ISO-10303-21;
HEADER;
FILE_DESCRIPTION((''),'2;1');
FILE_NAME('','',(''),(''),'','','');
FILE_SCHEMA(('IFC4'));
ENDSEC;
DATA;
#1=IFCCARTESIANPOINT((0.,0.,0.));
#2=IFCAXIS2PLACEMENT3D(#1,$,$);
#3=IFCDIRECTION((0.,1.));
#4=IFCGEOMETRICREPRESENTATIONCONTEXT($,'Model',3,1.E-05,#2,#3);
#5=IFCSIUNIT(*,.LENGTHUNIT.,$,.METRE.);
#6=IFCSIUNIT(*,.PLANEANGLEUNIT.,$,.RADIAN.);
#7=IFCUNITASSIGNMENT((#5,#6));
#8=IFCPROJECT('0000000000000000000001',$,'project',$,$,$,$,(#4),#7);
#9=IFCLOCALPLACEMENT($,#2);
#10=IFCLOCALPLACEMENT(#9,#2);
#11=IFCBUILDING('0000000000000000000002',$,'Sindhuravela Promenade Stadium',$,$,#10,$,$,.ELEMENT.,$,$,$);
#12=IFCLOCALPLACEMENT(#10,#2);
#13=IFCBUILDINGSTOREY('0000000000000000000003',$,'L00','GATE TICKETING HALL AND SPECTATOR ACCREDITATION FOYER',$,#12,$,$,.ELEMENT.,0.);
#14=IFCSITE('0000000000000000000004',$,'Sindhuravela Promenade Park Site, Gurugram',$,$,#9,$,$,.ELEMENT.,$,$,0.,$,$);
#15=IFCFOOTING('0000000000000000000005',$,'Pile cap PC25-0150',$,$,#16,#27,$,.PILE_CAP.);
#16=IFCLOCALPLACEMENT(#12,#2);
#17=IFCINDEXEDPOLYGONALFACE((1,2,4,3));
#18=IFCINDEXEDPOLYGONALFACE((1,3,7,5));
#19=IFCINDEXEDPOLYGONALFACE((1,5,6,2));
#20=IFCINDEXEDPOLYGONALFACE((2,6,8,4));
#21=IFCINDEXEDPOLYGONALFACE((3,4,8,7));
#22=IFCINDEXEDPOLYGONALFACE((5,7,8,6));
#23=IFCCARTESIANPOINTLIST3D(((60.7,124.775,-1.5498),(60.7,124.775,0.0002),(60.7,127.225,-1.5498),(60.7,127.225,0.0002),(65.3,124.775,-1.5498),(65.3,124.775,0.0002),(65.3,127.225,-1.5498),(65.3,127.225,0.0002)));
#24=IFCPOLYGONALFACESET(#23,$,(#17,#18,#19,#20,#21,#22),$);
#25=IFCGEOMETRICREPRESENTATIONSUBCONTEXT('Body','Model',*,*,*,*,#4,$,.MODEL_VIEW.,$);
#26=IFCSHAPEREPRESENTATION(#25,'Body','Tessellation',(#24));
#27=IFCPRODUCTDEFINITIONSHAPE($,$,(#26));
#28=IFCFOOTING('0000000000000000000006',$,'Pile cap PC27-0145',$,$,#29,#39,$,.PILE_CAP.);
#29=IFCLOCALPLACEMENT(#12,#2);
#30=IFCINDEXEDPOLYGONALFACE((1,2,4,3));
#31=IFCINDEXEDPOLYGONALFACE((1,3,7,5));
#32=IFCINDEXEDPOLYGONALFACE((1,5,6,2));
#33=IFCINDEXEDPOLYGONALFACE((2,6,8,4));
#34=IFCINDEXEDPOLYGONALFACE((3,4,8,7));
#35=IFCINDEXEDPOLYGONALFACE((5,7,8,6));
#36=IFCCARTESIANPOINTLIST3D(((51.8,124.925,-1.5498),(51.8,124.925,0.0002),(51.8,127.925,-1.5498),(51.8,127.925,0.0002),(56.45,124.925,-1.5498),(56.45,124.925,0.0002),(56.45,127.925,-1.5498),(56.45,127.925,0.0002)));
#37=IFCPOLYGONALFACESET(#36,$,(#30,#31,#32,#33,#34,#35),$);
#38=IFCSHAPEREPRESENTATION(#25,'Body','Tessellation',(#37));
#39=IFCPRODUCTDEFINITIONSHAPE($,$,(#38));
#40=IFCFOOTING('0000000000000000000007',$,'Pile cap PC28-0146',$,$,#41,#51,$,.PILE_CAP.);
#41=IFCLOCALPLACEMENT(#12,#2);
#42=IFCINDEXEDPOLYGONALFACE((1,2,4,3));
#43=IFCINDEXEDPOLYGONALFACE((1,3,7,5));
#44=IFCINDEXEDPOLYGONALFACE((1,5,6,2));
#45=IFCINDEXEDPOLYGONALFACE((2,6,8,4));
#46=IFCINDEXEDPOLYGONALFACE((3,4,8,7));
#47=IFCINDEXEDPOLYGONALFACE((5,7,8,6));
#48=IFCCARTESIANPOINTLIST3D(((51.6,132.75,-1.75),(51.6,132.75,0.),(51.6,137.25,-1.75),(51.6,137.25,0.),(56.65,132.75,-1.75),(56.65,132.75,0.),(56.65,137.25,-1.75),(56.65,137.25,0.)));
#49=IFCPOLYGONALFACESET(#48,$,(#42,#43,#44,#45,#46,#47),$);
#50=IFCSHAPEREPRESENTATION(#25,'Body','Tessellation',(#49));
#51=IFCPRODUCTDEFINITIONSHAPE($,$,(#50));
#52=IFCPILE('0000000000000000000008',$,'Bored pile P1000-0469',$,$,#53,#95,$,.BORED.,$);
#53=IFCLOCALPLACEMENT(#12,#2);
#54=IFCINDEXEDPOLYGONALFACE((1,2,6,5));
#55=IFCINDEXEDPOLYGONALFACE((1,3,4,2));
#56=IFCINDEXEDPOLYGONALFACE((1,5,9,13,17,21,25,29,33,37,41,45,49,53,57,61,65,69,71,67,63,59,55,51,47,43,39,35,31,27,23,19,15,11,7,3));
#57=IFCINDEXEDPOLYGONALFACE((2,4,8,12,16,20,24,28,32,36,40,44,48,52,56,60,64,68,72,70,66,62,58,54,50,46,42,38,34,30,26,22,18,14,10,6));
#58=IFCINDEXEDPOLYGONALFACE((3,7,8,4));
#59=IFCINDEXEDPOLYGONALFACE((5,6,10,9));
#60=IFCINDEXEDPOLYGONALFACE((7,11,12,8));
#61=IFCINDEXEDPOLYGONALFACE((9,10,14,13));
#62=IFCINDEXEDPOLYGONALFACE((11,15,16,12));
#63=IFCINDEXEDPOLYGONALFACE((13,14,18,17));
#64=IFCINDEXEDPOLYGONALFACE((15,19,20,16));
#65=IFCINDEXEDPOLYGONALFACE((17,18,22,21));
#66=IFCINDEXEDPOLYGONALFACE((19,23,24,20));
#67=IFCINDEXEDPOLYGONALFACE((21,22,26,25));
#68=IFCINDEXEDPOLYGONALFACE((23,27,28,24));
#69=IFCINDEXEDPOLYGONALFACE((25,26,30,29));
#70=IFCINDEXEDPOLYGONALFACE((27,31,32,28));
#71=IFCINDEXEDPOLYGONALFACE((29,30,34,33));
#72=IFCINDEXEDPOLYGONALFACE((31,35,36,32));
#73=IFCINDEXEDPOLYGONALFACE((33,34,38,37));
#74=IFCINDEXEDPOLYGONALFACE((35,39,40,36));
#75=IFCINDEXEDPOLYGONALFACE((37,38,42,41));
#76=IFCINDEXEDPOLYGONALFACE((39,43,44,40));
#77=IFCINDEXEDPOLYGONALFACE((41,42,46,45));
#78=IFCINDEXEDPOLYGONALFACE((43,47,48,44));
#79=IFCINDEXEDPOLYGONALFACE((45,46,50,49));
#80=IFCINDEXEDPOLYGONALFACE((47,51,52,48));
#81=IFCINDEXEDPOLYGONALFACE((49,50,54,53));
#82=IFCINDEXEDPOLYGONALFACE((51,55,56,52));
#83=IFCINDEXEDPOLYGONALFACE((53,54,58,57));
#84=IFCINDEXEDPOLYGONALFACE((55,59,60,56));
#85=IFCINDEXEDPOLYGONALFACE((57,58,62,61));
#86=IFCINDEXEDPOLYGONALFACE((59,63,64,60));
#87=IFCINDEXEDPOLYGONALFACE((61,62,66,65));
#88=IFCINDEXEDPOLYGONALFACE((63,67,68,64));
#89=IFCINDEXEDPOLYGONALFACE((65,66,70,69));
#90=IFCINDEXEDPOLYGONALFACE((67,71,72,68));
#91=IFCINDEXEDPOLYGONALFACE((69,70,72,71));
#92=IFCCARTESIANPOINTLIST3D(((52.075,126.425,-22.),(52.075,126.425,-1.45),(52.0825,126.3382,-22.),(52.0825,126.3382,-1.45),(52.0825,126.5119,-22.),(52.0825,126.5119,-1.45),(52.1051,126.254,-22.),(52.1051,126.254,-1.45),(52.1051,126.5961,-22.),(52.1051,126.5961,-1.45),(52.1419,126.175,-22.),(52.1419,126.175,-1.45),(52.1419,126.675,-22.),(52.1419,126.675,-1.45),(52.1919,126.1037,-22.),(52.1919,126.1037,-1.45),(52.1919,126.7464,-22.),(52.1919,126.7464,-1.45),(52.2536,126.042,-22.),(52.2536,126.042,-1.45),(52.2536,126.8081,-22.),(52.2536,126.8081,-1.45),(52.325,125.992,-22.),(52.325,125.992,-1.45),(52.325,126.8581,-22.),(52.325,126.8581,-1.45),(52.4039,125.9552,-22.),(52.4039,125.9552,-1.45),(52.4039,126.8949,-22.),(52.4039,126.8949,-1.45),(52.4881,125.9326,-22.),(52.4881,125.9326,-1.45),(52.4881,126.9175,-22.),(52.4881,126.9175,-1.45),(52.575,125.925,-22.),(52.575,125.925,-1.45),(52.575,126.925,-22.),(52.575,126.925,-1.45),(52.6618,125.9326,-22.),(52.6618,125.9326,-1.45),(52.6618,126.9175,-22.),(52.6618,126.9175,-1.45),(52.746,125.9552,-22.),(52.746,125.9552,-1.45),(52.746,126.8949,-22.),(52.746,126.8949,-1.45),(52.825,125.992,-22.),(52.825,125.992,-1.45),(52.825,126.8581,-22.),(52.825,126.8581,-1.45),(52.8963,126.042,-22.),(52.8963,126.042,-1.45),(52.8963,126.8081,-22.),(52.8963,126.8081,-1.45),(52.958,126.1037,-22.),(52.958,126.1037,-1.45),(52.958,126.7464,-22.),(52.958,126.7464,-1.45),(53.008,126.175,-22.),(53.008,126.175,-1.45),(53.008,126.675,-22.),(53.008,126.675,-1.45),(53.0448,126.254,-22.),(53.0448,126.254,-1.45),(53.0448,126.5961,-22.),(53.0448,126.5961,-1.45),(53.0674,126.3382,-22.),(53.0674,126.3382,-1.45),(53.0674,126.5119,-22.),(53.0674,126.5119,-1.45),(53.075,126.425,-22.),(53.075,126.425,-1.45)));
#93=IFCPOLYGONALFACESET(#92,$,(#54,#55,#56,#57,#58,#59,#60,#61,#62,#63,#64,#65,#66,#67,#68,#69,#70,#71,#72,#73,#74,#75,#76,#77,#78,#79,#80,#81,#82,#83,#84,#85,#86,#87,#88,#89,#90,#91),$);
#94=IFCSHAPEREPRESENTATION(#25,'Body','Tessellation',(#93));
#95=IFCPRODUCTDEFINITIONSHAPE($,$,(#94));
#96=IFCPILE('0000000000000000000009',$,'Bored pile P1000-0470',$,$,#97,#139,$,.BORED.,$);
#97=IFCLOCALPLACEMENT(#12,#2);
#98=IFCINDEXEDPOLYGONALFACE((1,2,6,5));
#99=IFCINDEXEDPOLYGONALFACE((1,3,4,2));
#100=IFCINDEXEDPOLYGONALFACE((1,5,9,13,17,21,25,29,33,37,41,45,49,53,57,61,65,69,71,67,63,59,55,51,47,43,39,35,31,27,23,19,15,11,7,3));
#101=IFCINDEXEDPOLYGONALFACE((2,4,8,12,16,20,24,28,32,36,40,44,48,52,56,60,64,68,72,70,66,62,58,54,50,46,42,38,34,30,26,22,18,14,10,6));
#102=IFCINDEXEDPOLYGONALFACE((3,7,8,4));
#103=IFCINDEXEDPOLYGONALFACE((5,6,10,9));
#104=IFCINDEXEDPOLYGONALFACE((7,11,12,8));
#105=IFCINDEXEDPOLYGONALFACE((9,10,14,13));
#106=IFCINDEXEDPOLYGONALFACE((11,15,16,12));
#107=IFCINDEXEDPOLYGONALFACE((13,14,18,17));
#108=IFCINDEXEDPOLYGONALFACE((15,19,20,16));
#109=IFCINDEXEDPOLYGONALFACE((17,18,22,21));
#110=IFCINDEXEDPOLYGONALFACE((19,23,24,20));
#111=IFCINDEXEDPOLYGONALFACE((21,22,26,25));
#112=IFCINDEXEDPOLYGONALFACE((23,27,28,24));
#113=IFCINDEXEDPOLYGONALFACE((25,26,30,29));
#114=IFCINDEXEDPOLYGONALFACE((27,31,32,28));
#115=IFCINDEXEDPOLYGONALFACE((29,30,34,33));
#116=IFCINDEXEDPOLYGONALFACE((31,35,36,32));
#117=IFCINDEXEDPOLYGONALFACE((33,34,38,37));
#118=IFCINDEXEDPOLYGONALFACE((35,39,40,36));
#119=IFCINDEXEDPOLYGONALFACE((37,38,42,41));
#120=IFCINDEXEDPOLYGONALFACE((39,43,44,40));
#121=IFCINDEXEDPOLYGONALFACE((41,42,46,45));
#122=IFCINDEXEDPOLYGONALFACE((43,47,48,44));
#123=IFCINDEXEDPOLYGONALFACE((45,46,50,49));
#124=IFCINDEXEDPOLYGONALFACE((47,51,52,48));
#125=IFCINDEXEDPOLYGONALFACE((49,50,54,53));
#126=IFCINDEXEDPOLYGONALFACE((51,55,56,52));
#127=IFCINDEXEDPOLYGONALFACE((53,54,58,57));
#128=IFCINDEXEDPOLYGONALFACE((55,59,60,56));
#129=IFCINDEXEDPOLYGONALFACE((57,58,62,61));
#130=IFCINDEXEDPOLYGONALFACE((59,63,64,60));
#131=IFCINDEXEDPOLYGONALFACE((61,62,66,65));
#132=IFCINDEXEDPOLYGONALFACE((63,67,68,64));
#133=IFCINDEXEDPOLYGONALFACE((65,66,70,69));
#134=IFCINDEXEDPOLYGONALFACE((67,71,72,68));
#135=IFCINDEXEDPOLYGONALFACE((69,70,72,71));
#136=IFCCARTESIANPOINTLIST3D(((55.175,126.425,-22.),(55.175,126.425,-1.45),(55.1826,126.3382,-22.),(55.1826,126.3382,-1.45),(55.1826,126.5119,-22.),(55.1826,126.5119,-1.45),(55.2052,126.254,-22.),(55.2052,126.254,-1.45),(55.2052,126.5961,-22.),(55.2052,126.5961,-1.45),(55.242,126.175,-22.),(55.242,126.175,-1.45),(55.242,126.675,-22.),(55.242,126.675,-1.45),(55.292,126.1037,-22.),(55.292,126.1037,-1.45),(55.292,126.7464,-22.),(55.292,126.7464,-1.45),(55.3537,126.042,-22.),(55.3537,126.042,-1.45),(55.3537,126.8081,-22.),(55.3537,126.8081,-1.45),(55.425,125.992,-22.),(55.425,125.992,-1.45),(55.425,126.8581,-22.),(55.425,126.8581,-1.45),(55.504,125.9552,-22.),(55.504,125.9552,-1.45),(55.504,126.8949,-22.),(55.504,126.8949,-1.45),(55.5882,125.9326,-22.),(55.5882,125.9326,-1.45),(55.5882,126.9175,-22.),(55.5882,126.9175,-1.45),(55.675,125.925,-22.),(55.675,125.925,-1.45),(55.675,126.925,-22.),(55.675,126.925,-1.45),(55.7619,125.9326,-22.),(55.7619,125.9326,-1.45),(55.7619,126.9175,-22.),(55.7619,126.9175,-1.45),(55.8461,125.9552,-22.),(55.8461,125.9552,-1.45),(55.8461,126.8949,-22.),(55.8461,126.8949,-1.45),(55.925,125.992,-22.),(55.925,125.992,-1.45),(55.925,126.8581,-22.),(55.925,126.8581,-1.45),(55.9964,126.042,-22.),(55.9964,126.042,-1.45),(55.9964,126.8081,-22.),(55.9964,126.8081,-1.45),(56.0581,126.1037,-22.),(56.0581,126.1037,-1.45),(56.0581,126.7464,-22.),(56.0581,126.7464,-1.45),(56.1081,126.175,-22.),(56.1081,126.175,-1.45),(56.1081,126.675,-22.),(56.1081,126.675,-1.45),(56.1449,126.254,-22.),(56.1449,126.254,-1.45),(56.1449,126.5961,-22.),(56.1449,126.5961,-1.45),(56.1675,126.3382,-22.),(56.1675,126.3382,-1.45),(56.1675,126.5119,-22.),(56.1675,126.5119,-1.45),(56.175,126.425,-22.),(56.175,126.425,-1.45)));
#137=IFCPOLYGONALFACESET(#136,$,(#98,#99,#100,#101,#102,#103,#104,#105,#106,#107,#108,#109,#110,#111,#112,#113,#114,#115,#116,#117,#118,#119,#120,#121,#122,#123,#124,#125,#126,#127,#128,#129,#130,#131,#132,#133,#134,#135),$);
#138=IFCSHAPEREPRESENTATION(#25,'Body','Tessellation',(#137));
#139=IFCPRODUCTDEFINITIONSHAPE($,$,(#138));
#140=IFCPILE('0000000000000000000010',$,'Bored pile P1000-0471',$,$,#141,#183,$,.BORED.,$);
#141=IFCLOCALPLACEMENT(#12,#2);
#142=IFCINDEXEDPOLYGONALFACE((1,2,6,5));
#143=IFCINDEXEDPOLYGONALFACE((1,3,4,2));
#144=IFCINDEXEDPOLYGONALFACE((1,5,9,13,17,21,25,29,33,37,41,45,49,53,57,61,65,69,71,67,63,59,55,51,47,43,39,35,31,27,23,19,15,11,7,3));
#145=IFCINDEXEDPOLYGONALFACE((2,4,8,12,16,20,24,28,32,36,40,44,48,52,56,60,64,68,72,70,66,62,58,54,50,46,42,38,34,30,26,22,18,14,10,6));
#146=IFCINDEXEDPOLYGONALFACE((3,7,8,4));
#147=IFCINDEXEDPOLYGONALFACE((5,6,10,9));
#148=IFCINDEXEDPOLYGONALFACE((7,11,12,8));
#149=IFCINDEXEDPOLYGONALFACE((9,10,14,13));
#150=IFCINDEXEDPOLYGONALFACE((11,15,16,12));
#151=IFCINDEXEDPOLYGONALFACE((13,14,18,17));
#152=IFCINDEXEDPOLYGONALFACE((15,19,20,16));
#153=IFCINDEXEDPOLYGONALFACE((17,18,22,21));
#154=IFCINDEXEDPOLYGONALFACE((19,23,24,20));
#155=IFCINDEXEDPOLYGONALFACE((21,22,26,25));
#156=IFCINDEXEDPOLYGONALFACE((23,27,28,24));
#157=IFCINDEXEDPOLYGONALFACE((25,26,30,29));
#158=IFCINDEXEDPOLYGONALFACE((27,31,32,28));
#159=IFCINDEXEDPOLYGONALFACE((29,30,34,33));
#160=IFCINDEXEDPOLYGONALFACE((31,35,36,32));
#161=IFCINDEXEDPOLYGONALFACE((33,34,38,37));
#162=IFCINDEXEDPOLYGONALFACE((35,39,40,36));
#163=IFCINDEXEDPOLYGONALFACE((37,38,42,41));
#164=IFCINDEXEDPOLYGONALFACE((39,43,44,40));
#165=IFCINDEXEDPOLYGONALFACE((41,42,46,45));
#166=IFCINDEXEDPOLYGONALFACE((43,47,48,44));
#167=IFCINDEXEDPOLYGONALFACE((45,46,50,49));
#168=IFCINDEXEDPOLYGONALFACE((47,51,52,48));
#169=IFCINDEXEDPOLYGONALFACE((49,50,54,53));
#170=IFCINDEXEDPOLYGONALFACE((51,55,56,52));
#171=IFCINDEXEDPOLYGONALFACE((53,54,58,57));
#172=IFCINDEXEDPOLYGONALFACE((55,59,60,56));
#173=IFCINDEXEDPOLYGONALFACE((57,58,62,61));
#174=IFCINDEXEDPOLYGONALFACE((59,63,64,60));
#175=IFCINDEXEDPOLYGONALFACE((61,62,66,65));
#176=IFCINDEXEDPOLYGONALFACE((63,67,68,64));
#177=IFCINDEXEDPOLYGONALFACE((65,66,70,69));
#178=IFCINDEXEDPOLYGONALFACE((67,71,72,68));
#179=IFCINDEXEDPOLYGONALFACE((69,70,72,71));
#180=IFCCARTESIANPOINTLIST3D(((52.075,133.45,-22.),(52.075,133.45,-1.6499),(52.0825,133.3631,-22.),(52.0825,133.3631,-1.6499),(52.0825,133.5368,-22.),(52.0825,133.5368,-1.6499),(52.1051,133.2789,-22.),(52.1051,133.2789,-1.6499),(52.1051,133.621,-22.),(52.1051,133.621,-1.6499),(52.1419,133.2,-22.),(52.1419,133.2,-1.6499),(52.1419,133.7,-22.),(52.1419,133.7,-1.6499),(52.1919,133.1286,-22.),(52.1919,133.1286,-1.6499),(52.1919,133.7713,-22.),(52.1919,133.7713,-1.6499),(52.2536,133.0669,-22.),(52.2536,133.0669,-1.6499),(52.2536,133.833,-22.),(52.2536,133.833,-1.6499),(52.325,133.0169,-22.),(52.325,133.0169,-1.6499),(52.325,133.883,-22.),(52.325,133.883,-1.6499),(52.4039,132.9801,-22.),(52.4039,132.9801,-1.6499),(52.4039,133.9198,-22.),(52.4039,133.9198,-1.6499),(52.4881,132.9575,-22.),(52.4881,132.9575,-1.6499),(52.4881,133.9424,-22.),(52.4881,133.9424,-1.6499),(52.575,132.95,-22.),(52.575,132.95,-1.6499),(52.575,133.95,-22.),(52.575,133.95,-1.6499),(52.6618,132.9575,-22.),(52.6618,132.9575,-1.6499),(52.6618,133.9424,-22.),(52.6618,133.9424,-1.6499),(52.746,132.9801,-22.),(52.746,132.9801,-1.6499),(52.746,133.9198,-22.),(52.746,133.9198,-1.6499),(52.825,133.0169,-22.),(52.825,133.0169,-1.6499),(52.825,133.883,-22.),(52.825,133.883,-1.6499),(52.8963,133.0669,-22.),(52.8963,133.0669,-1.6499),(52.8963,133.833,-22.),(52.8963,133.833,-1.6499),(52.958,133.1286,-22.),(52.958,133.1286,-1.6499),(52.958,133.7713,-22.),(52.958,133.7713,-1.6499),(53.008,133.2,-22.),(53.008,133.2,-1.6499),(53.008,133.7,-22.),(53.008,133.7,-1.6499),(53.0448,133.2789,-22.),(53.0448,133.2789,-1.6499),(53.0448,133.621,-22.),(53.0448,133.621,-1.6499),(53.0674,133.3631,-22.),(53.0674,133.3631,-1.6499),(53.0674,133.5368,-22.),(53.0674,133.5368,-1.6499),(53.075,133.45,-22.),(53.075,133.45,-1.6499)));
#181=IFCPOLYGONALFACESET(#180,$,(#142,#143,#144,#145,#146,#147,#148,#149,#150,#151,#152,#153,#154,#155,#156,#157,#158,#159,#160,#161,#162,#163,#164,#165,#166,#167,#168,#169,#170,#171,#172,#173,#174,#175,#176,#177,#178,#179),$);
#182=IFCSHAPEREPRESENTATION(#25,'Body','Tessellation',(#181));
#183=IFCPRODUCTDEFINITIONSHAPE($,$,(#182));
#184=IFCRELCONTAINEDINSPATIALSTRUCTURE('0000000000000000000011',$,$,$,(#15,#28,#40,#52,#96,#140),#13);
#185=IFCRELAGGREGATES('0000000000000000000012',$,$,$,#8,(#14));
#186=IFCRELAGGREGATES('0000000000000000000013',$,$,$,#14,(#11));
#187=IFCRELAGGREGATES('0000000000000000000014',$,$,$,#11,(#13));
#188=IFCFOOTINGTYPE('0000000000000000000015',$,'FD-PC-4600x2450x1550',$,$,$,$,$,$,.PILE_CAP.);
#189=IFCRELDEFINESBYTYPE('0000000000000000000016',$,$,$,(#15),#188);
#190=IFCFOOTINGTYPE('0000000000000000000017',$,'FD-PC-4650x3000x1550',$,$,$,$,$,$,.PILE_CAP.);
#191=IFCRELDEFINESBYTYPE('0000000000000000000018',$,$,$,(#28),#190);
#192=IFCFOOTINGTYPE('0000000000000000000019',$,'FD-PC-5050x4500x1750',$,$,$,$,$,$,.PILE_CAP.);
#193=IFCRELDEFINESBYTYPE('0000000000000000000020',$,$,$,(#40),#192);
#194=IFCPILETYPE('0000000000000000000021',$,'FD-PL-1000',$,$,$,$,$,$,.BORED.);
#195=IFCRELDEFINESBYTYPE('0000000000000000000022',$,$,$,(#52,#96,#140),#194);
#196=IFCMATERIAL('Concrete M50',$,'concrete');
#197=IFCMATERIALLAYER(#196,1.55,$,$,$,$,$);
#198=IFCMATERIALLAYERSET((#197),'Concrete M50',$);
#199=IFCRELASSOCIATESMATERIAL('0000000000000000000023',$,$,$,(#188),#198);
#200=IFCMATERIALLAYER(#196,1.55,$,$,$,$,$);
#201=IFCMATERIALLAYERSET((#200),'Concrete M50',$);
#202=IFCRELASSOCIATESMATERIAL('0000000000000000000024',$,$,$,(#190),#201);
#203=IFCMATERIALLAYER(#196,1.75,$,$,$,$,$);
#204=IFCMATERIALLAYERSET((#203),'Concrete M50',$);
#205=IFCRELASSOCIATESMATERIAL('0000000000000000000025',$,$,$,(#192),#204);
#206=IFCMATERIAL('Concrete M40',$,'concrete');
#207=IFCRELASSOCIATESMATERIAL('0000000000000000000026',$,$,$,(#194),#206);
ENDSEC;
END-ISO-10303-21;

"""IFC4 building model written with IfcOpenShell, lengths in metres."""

from ifc_helpers import new_model, si_unit, direction, frame, origin, origin_2d, place, context, subcontext, project, spatial, rectangle, circle, extrude, material, layer, layer_set, material_profile, profile_set, type_object, element, save


model = new_model("IFC4")

# Units and contexts
model_context = context("Model", 3, precision=1e-05, world=origin(), true_north=direction((0.0, 1.0)))
body_context = subcontext(model_context, "Body", "Model", "MODEL_VIEW")
ifc_project = project(units=[si_unit("LENGTHUNIT", "METRE"), si_unit("PLANEANGLEUNIT", "RADIAN")], contexts=[model_context])

# Site, building, storey
site_placement = place(None, origin())
site = spatial("IfcSite", under=ifc_project, at=site_placement, Name="Sindhuravela Promenade Park Site, Gurugram", CompositionType="ELEMENT", RefElevation=0.0)
building_placement = place(site_placement, origin())
building = spatial("IfcBuilding", under=site, at=building_placement, Name="Sindhuravela Promenade Stadium", CompositionType="ELEMENT")
storey_placement = place(building_placement, origin())
storey = spatial("IfcBuildingStorey", under=building, at=storey_placement, Name="L00", Description="GATE TICKETING HALL AND SPECTATOR ACCREDITATION FOYER", CompositionType="ELEMENT", Elevation=0.0)

# Footings
ifc_material_1 = material(Name="Concrete M50", Category="concrete")
ifc_layer_1 = layer(ifc_material_1, 1.55)
ifc_layer_set_1 = layer_set([ifc_layer_1], Name="Concrete M50")
footing_type_1 = type_object("IfcFootingType", Name="FD-PC-4600x2450x1550", PredefinedType="PILE_CAP", material=ifc_layer_set_1)
footing_1_placement = place(storey_placement, frame((63.0, 126.0, -1.5498), z_axis=(0.0, 0.0, 1.0), x_axis=(1.0, 0.0, 0.0)))
element("IfcFooting", 1, at=footing_1_placement, inside=storey, type_object=footing_type_1, Name="Pile cap PC25-0150", PredefinedType="PILE_CAP", context=body_context, shape_type="SweptSolid", body=[
    extrude(rectangle(XDim=4.6001, YDim=2.45, at=origin_2d()), origin(), (0.0, 0.0, 1.0), 1.55),
])
ifc_layer_2 = layer(ifc_material_1, 1.55)
ifc_layer_set_2 = layer_set([ifc_layer_2], Name="Concrete M50")
footing_type_2 = type_object("IfcFootingType", Name="FD-PC-4650x3000x1550", PredefinedType="PILE_CAP", material=ifc_layer_set_2)
footing_2_placement = place(storey_placement, frame((54.125, 126.425, -1.5498), z_axis=(0.0, 0.0, 1.0), x_axis=(1.0, 0.0, 0.0)))
element("IfcFooting", 2, at=footing_2_placement, inside=storey, type_object=footing_type_2, Name="Pile cap PC27-0145", PredefinedType="PILE_CAP", context=body_context, shape_type="SweptSolid", body=[
    extrude(rectangle(XDim=4.6499, YDim=3.0, at=origin_2d()), origin(), (0.0, 0.0, 1.0), 1.55),
])
ifc_layer_3 = layer(ifc_material_1, 1.75)
ifc_layer_set_3 = layer_set([ifc_layer_3], Name="Concrete M50")
footing_type_3 = type_object("IfcFootingType", Name="FD-PC-5050x4500x1750", PredefinedType="PILE_CAP", material=ifc_layer_set_3)
footing_3_placement = place(storey_placement, frame((54.125, 135.0, -1.75), z_axis=(0.0, 0.0, 1.0), x_axis=(1.0, 0.0, 0.0)))
element("IfcFooting", 3, at=footing_3_placement, inside=storey, type_object=footing_type_3, Name="Pile cap PC28-0146", PredefinedType="PILE_CAP", context=body_context, shape_type="SweptSolid", body=[
    extrude(rectangle(XDim=5.05, YDim=4.5, at=origin_2d()), origin(), (0.0, 0.0, 1.0), 1.75),
])

# Piles
ifc_material_2 = material(Name="Concrete M40", Category="concrete")
ifc_material_profile_1 = material_profile(ifc_material_2, circle(Radius=0.5, at=origin_2d()), Name="BORED PILE D1000")
ifc_profile_set_1 = profile_set([ifc_material_profile_1], Name="Concrete M40")
pile_type = type_object("IfcPileType", Name="FD-PL-1000", PredefinedType="BORED", material=ifc_profile_set_1)
for number, where, z_axis, x_axis, name in (
    (4, (52.575, 126.425, -1.45), (0.0, 0.0, -1.0), (1.0, 0.0, 0.0), "Bored pile P1000-0469"),
    (5, (55.675, 126.425, -1.45), (0.0, 0.0, -1.0), (1.0, 0.0, 0.0), "Bored pile P1000-0470"),
):
    element("IfcPile", number, at=place(storey_placement, frame(where, z_axis=z_axis, x_axis=x_axis)), inside=storey, type_object=pile_type, Name=name, PredefinedType="BORED", context=body_context, shape_type="SweptSolid", body=[
        extrude(circle(Radius=0.5, at=origin_2d()), origin(), (0.0, 0.0, 1.0), 20.55),
    ])
for number, where, z_axis, x_axis, name in (
    (6, (52.575, 133.45, -1.6499), (0.0, 0.0, -1.0), (1.0, 0.0, 0.0), "Bored pile P1000-0471"),
):
    element("IfcPile", number, at=place(storey_placement, frame(where, z_axis=z_axis, x_axis=x_axis)), inside=storey, type_object=pile_type, Name=name, PredefinedType="BORED", context=body_context, shape_type="SweptSolid", body=[
        extrude(circle(Radius=0.5, at=origin_2d()), origin(), (0.0, 0.0, 1.0), 20.3501),
    ])

save(model, "model.ifc")
